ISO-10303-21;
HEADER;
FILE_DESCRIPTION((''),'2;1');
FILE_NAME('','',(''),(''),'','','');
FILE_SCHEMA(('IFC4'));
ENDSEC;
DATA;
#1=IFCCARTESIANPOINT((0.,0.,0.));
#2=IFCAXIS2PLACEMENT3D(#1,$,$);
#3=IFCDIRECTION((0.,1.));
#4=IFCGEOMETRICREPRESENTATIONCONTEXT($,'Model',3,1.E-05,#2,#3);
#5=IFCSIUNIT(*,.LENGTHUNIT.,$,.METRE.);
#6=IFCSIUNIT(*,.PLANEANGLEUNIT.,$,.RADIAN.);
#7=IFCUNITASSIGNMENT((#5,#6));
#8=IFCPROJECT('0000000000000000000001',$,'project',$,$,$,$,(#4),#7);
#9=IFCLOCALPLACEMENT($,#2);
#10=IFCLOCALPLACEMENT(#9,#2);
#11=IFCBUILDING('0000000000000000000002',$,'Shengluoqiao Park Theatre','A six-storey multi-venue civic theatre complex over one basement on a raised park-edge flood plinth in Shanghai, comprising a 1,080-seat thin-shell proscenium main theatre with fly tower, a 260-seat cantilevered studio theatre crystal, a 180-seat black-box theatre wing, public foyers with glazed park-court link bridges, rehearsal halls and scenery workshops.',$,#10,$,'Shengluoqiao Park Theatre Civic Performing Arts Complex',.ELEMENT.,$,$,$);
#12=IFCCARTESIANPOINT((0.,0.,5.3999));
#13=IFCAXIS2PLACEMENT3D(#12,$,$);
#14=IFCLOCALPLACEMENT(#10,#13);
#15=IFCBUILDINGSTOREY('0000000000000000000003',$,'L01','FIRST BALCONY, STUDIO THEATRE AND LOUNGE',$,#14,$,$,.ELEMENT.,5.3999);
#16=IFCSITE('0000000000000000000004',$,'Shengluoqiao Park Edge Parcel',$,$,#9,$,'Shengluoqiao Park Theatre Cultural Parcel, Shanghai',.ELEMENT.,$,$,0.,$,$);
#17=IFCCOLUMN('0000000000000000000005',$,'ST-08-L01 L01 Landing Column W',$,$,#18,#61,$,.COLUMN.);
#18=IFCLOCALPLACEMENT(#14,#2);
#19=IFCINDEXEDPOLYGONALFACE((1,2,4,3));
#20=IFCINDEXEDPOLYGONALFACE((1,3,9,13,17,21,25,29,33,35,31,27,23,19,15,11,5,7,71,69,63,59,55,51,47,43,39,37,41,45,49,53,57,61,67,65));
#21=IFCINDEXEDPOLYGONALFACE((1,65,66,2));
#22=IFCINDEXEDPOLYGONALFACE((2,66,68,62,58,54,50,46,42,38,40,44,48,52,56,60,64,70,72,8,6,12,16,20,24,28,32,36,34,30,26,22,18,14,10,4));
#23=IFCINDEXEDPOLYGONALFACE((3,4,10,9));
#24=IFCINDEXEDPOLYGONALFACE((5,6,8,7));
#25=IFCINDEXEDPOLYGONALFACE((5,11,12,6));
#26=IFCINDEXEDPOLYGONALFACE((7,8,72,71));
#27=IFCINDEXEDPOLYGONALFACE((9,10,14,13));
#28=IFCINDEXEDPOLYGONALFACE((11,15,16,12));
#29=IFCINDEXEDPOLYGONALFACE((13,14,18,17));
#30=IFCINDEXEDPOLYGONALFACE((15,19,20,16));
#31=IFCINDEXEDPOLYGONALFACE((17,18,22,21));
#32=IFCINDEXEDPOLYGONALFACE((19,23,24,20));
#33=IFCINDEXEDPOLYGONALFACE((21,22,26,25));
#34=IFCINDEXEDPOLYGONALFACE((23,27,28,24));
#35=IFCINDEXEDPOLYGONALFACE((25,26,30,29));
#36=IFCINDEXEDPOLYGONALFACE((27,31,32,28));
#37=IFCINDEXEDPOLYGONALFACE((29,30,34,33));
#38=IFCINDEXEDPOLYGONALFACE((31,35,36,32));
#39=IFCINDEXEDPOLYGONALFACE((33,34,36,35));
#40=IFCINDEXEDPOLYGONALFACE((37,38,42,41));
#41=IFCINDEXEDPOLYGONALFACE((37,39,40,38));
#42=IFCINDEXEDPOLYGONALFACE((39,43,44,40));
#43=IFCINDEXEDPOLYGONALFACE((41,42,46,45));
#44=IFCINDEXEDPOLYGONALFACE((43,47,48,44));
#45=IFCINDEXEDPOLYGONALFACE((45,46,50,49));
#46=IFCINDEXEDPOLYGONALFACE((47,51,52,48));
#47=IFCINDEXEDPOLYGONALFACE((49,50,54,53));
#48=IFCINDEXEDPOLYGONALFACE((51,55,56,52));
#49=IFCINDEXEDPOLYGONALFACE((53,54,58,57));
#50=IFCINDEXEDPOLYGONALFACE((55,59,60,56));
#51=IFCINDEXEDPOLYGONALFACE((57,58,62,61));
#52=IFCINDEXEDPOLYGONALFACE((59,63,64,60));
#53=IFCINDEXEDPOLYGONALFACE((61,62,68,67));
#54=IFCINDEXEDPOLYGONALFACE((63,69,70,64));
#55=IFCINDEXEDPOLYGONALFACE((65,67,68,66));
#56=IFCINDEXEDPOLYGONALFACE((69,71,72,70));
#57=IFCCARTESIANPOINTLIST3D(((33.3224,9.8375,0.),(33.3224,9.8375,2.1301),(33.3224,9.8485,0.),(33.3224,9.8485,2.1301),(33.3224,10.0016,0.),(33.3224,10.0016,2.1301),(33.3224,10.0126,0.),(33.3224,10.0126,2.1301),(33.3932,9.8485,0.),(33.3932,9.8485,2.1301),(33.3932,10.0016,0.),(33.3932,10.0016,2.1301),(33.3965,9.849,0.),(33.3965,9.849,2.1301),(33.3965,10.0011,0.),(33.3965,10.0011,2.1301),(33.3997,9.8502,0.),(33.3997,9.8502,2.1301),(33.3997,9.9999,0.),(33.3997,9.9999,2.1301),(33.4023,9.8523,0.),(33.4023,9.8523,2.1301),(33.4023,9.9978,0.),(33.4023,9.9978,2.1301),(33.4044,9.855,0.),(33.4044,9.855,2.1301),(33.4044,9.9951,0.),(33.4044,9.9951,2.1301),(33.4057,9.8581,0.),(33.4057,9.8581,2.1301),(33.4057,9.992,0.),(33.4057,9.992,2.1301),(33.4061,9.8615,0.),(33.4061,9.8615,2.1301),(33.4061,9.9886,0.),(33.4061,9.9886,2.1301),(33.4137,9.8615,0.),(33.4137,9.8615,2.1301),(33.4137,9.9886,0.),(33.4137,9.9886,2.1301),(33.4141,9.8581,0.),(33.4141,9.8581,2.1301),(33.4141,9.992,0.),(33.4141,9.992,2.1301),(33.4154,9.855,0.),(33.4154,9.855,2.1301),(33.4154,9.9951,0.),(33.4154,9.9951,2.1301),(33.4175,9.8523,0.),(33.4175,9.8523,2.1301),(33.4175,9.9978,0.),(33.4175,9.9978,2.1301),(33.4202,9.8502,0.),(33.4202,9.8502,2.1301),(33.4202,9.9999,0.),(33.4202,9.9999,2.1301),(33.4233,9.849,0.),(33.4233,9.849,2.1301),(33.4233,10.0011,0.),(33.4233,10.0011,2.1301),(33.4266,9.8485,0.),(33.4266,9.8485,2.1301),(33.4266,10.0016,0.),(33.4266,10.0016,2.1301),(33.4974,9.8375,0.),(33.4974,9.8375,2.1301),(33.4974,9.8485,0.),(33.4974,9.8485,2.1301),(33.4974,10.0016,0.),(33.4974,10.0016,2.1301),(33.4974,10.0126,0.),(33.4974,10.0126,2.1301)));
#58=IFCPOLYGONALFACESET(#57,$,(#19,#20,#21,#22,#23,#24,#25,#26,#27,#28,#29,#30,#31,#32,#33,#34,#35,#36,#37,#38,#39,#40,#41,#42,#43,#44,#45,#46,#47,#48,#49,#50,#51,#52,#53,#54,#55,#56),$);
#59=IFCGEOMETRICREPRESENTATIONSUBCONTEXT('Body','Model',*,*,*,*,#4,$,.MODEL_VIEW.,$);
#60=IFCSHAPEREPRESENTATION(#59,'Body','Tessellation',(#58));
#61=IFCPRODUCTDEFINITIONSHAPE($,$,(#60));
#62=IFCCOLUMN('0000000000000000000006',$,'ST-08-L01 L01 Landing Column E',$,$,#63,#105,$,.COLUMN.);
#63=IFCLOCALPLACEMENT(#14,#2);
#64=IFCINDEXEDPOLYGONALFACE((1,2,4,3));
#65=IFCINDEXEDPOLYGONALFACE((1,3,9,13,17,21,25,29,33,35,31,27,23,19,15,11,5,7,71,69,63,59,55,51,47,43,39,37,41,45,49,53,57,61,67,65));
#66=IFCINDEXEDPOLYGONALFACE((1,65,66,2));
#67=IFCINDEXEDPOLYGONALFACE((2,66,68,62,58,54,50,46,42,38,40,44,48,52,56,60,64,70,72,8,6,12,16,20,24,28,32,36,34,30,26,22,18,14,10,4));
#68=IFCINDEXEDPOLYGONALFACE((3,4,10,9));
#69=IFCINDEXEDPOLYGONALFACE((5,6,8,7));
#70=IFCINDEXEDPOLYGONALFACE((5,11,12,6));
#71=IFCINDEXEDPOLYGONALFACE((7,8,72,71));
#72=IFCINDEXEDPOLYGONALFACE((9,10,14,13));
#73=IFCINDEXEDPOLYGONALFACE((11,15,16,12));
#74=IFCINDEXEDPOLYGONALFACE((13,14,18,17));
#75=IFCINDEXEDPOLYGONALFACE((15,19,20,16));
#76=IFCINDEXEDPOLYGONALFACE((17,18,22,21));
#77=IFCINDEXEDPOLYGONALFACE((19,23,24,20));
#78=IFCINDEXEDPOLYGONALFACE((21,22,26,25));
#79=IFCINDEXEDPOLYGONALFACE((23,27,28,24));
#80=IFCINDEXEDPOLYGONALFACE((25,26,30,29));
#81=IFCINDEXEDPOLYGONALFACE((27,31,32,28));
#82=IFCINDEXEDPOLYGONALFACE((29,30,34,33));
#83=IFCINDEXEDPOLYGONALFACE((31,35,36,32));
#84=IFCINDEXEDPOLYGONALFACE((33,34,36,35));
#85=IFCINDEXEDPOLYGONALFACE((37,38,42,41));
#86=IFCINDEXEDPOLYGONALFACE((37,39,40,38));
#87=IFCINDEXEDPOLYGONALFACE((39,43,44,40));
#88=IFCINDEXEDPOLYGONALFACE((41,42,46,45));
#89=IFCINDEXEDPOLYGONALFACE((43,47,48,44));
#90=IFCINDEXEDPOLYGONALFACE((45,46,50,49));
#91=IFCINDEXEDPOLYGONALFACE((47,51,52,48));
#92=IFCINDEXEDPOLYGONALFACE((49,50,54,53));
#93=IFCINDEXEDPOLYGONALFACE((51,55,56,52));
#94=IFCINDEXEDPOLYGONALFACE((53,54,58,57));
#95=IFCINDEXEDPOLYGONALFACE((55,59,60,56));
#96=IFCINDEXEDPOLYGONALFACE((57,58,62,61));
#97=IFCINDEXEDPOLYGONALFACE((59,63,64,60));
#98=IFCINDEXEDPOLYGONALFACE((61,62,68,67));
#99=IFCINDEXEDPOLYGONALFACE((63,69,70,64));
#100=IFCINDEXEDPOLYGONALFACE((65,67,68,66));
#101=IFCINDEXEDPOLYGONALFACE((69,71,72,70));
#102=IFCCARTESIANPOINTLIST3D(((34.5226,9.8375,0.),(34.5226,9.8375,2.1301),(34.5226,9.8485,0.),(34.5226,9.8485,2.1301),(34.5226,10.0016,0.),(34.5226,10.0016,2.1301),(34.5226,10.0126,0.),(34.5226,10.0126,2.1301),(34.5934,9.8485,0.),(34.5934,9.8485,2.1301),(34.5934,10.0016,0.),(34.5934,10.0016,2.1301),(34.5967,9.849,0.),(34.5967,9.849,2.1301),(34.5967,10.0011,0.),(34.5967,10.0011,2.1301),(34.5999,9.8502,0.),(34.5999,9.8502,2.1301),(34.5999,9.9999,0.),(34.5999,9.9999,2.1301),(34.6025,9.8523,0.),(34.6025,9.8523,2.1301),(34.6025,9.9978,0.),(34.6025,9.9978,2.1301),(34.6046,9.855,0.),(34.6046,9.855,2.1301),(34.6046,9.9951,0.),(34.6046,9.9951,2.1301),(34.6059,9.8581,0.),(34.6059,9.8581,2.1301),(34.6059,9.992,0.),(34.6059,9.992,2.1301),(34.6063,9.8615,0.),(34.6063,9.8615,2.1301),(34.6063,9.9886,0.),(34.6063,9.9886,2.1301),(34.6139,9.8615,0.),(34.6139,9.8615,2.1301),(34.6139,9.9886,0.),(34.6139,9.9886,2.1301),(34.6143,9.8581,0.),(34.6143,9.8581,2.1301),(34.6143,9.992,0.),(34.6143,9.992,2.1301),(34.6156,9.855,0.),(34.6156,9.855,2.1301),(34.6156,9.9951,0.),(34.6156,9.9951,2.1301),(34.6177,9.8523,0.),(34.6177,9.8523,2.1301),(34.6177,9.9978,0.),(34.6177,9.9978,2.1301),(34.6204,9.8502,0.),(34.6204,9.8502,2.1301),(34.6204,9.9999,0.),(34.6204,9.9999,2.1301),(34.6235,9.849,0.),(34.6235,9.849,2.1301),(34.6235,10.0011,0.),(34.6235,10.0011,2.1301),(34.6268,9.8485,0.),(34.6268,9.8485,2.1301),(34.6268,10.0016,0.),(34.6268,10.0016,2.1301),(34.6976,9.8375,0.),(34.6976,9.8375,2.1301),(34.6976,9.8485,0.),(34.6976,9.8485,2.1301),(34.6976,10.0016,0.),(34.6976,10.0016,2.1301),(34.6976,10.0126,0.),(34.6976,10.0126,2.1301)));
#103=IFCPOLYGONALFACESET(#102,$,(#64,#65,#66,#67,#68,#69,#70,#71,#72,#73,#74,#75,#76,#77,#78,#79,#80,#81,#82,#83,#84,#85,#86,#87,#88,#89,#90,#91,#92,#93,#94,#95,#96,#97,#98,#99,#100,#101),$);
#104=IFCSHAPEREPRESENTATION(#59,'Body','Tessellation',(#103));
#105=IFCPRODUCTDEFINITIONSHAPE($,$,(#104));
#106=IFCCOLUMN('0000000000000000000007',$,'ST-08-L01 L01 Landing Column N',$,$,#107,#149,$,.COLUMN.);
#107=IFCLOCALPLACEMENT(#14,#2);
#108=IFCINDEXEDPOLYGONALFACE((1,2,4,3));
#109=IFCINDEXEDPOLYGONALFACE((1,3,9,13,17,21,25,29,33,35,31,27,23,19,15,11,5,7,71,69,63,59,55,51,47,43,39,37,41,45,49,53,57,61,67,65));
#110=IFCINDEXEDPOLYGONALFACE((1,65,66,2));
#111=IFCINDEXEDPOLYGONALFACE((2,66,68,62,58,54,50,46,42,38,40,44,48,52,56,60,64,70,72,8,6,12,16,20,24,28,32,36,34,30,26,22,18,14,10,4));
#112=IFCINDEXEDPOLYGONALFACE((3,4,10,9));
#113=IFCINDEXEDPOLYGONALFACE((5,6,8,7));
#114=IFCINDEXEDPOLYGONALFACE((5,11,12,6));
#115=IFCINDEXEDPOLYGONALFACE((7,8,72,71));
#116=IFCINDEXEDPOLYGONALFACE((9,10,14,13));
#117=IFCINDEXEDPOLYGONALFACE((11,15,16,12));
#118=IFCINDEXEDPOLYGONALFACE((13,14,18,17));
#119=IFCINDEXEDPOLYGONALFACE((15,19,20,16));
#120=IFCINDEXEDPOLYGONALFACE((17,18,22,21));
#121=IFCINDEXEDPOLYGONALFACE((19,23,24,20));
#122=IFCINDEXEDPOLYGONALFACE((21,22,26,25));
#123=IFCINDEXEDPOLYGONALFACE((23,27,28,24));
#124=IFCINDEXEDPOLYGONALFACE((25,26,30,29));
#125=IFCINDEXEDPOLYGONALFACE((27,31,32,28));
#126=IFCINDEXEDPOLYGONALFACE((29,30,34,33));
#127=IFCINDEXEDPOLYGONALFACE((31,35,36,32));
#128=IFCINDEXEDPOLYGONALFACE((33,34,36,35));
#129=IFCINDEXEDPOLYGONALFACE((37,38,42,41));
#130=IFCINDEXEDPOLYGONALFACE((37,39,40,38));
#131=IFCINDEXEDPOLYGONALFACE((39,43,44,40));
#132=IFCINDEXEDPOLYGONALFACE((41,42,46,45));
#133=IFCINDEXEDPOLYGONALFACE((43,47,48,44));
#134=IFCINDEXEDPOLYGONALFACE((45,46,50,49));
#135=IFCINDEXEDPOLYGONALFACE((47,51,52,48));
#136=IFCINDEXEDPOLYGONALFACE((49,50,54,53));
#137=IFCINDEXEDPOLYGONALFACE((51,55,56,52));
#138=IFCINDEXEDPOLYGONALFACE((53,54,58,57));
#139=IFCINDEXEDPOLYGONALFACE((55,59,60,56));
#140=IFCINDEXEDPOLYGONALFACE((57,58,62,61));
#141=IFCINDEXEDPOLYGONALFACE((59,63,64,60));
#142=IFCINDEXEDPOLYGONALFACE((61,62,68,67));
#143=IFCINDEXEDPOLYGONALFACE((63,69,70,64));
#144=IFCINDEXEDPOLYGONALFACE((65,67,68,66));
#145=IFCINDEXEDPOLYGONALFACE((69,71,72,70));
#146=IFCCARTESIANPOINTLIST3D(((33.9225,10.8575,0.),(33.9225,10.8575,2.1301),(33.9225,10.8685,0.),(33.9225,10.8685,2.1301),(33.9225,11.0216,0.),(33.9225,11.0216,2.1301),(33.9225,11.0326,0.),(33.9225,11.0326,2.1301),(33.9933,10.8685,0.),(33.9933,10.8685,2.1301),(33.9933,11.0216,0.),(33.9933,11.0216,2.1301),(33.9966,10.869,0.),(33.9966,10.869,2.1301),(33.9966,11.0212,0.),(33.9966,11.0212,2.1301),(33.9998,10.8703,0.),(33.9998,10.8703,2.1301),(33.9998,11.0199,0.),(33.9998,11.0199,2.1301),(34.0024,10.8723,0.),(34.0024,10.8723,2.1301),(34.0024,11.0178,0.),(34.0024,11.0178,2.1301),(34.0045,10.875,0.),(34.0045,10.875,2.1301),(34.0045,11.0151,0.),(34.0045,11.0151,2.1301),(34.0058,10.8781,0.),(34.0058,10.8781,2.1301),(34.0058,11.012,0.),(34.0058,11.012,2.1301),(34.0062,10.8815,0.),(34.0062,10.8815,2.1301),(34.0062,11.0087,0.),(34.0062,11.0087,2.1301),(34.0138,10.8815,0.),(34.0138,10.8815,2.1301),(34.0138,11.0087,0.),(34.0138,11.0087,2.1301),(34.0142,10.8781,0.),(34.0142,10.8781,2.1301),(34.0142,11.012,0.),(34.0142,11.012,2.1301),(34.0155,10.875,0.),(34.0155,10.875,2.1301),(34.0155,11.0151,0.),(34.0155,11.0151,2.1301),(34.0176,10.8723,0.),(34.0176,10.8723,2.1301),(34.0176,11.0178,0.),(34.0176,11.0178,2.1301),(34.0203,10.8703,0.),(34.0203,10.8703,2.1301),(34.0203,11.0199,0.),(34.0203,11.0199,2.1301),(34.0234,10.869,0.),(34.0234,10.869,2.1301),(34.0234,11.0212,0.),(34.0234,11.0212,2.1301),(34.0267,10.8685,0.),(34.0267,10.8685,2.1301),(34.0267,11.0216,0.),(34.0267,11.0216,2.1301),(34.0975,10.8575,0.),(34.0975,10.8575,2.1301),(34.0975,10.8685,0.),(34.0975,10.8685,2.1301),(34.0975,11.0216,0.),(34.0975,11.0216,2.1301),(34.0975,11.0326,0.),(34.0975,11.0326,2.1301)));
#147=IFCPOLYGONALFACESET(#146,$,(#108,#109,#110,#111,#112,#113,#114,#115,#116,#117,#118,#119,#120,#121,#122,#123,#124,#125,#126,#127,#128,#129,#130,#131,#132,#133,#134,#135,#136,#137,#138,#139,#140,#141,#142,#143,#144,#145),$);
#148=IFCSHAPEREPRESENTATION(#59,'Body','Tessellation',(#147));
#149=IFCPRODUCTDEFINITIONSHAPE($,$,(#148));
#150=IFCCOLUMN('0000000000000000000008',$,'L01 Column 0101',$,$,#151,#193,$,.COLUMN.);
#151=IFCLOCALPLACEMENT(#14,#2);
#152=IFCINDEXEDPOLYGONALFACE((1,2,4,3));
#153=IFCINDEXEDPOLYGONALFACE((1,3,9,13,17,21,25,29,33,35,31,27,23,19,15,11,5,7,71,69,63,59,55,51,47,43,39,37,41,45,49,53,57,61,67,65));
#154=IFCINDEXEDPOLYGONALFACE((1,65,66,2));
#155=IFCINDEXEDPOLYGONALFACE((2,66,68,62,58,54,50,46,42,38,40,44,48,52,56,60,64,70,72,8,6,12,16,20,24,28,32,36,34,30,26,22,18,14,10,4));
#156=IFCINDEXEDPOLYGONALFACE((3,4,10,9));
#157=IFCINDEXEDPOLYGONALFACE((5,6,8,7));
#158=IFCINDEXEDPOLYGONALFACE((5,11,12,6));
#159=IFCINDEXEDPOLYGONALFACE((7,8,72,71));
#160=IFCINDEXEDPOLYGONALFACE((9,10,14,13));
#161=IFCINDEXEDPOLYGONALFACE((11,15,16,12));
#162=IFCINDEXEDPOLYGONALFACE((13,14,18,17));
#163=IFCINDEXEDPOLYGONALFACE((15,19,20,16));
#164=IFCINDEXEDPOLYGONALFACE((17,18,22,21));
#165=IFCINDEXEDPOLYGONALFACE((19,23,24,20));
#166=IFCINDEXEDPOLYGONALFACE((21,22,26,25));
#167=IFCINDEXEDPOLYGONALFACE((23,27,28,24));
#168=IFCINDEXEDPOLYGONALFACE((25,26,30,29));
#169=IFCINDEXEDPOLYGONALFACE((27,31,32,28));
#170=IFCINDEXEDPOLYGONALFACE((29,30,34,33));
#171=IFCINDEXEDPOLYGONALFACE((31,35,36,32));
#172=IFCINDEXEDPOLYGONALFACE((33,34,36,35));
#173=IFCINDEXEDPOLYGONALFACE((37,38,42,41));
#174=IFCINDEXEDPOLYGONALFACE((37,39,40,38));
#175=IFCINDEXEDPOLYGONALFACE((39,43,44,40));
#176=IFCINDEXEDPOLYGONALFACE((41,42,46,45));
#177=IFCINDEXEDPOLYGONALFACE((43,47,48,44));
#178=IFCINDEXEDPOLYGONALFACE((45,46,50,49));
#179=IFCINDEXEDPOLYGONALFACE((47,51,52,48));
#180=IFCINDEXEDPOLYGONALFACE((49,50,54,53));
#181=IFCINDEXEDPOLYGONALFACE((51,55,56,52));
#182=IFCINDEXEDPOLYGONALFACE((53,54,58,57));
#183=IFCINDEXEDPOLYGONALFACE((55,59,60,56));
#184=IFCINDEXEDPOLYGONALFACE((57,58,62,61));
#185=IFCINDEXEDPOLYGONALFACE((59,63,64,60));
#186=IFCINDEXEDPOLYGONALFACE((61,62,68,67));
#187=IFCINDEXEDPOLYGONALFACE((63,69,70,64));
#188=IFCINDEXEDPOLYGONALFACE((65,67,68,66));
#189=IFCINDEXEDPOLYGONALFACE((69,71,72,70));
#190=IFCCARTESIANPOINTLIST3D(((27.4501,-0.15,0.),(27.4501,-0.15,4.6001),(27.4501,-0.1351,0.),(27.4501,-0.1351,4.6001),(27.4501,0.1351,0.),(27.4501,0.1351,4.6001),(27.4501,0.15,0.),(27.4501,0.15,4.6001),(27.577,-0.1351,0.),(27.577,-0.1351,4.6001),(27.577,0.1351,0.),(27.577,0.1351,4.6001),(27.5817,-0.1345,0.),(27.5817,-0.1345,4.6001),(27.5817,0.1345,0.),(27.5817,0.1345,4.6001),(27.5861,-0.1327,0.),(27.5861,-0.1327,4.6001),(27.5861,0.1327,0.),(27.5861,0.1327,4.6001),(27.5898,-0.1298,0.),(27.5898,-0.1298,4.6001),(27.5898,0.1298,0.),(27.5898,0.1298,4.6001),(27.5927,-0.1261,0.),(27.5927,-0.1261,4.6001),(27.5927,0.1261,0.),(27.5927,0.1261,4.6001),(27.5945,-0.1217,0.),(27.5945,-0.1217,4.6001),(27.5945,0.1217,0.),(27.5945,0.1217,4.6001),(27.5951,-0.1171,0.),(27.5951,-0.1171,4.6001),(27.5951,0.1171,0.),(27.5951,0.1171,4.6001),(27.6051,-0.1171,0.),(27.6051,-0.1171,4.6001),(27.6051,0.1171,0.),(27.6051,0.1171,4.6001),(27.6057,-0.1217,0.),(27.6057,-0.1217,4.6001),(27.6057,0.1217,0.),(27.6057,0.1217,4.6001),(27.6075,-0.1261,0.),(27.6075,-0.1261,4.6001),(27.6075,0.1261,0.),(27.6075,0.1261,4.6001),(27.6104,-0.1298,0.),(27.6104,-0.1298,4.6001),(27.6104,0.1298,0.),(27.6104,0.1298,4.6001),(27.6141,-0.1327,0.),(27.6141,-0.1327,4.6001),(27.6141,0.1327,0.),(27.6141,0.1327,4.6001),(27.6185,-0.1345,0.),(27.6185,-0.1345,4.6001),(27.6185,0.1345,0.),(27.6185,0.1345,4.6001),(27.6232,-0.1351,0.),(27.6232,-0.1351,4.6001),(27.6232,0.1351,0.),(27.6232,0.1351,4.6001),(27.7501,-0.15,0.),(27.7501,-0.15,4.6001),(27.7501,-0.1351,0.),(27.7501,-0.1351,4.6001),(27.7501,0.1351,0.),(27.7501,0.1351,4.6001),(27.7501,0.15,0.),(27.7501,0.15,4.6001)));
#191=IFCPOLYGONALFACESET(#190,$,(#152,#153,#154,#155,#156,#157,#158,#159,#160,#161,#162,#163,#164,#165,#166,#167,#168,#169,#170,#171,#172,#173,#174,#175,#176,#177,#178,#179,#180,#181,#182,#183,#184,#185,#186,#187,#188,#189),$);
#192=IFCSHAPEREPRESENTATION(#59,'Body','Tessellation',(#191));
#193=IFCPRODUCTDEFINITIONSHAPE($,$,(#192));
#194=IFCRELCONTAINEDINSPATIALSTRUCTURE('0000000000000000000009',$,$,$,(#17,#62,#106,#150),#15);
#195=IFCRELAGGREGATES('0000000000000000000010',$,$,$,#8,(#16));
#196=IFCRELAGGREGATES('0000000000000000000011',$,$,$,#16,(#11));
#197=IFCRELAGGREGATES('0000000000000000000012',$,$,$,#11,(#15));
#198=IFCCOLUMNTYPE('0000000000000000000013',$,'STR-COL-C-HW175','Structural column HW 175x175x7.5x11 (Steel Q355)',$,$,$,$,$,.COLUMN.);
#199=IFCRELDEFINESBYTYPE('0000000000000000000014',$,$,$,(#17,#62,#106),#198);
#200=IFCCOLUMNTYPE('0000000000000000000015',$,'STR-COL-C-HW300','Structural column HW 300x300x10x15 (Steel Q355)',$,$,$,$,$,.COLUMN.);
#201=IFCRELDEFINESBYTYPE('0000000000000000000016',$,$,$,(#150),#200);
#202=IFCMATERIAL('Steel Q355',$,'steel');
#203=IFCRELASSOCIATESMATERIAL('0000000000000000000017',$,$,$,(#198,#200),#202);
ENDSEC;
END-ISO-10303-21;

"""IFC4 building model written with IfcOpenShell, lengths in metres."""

from ifc_helpers import new_model, si_unit, direction, frame, origin, origin_2d, place, context, subcontext, project, spatial, i_section, extrude, material, material_profile, profile_set, type_object, element, save


model = new_model("IFC4")

# Units and contexts
model_context = context("Model", 3, precision=1e-05, world=origin(), true_north=direction((0.0, 1.0)))
body_context = subcontext(model_context, "Body", "Model", "MODEL_VIEW")
ifc_project = project(units=[si_unit("LENGTHUNIT", "METRE"), si_unit("PLANEANGLEUNIT", "RADIAN")], contexts=[model_context])

# Site, building, storey
site_placement = place(None, origin())
site = spatial("IfcSite", under=ifc_project, at=site_placement, Name="Shengluoqiao Park Edge Parcel", LongName="Shengluoqiao Park Theatre Cultural Parcel, Shanghai", CompositionType="ELEMENT", RefElevation=0.0)
building_placement = place(site_placement, origin())
building = spatial("IfcBuilding", under=site, at=building_placement, Name="Shengluoqiao Park Theatre", Description="A six-storey multi-venue civic theatre complex over one basement on a raised park-edge flood plinth in Shanghai, comprising a 1,080-seat thin-shell proscenium main theatre with fly tower, a 260-seat cantilevered studio theatre crystal, a 180-seat black-box theatre wing, public foyers with glazed park-court link bridges, rehearsal halls and scenery workshops.", LongName="Shengluoqiao Park Theatre Civic Performing Arts Complex", CompositionType="ELEMENT")
storey_placement = place(building_placement, frame((0.0, 0.0, 5.3999)))
storey = spatial("IfcBuildingStorey", under=building, at=storey_placement, Name="L01", Description="FIRST BALCONY, STUDIO THEATRE AND LOUNGE", CompositionType="ELEMENT", Elevation=5.3999)

# Columns
ifc_material_1 = material(Name="Steel Q355", Category="steel")
ifc_material_profile_1 = material_profile(ifc_material_1, i_section(OverallWidth=0.175, OverallDepth=0.175, WebThickness=0.0076, FlangeThickness=0.011, FilletRadius=0.0129, at=origin_2d()), Name="HW 175x175x7.5x11")
ifc_profile_set_1 = profile_set([ifc_material_profile_1], Name="Steel Q355")
column_type_1 = type_object("IfcColumnType", Name="STR-COL-C-HW175", Description="Structural column HW 175x175x7.5x11 (Steel Q355)", PredefinedType="COLUMN", material=ifc_profile_set_1)
for number, where, z_axis, x_axis, name in (
    (1, (33.4099, 9.925, 0.0), (0.0, 0.0, 1.0), (1.0, 0.0, 0.0), "ST-08-L01 L01 Landing Column W"),
    (2, (34.6101, 9.925, 0.0), (0.0, 0.0, 1.0), (1.0, 0.0, 0.0), "ST-08-L01 L01 Landing Column E"),
    (3, (34.01, 10.9451, 0.0), (0.0, 0.0, 1.0), (1.0, 0.0, 0.0), "ST-08-L01 L01 Landing Column N"),
):
    element("IfcColumn", number, at=place(storey_placement, frame(where, z_axis=z_axis, x_axis=x_axis)), inside=storey, type_object=column_type_1, Name=name, PredefinedType="COLUMN", context=body_context, shape_type="SweptSolid", body=[
        extrude(i_section(OverallWidth=0.175, OverallDepth=0.175, WebThickness=0.0076, FlangeThickness=0.011, FilletRadius=0.0129, at=origin_2d()), origin(), (0.0, 0.0, 1.0), 2.1301),
    ])
ifc_material_profile_2 = material_profile(ifc_material_1, i_section(OverallWidth=0.3, OverallDepth=0.3, WebThickness=0.01, FlangeThickness=0.0149, FilletRadius=0.0181, at=origin_2d()), Name="HW 300x300x10x15")
ifc_profile_set_2 = profile_set([ifc_material_profile_2], Name="Steel Q355")
column_type_2 = type_object("IfcColumnType", Name="STR-COL-C-HW300", Description="Structural column HW 300x300x10x15 (Steel Q355)", PredefinedType="COLUMN", material=ifc_profile_set_2)
for number, where, z_axis, x_axis, name in (
    (4, (27.6001, 0.0, 0.0), (0.0, 0.0, 1.0), (1.0, 0.0, 0.0), "L01 Column 0101"),
):
    element("IfcColumn", number, at=place(storey_placement, frame(where, z_axis=z_axis, x_axis=x_axis)), inside=storey, type_object=column_type_2, Name=name, PredefinedType="COLUMN", context=body_context, shape_type="SweptSolid", body=[
        extrude(i_section(OverallWidth=0.3, OverallDepth=0.3, WebThickness=0.01, FlangeThickness=0.0149, FilletRadius=0.0181, at=origin_2d()), origin(), (0.0, 0.0, 1.0), 4.6001),
    ])

save(model, "model.ifc")
